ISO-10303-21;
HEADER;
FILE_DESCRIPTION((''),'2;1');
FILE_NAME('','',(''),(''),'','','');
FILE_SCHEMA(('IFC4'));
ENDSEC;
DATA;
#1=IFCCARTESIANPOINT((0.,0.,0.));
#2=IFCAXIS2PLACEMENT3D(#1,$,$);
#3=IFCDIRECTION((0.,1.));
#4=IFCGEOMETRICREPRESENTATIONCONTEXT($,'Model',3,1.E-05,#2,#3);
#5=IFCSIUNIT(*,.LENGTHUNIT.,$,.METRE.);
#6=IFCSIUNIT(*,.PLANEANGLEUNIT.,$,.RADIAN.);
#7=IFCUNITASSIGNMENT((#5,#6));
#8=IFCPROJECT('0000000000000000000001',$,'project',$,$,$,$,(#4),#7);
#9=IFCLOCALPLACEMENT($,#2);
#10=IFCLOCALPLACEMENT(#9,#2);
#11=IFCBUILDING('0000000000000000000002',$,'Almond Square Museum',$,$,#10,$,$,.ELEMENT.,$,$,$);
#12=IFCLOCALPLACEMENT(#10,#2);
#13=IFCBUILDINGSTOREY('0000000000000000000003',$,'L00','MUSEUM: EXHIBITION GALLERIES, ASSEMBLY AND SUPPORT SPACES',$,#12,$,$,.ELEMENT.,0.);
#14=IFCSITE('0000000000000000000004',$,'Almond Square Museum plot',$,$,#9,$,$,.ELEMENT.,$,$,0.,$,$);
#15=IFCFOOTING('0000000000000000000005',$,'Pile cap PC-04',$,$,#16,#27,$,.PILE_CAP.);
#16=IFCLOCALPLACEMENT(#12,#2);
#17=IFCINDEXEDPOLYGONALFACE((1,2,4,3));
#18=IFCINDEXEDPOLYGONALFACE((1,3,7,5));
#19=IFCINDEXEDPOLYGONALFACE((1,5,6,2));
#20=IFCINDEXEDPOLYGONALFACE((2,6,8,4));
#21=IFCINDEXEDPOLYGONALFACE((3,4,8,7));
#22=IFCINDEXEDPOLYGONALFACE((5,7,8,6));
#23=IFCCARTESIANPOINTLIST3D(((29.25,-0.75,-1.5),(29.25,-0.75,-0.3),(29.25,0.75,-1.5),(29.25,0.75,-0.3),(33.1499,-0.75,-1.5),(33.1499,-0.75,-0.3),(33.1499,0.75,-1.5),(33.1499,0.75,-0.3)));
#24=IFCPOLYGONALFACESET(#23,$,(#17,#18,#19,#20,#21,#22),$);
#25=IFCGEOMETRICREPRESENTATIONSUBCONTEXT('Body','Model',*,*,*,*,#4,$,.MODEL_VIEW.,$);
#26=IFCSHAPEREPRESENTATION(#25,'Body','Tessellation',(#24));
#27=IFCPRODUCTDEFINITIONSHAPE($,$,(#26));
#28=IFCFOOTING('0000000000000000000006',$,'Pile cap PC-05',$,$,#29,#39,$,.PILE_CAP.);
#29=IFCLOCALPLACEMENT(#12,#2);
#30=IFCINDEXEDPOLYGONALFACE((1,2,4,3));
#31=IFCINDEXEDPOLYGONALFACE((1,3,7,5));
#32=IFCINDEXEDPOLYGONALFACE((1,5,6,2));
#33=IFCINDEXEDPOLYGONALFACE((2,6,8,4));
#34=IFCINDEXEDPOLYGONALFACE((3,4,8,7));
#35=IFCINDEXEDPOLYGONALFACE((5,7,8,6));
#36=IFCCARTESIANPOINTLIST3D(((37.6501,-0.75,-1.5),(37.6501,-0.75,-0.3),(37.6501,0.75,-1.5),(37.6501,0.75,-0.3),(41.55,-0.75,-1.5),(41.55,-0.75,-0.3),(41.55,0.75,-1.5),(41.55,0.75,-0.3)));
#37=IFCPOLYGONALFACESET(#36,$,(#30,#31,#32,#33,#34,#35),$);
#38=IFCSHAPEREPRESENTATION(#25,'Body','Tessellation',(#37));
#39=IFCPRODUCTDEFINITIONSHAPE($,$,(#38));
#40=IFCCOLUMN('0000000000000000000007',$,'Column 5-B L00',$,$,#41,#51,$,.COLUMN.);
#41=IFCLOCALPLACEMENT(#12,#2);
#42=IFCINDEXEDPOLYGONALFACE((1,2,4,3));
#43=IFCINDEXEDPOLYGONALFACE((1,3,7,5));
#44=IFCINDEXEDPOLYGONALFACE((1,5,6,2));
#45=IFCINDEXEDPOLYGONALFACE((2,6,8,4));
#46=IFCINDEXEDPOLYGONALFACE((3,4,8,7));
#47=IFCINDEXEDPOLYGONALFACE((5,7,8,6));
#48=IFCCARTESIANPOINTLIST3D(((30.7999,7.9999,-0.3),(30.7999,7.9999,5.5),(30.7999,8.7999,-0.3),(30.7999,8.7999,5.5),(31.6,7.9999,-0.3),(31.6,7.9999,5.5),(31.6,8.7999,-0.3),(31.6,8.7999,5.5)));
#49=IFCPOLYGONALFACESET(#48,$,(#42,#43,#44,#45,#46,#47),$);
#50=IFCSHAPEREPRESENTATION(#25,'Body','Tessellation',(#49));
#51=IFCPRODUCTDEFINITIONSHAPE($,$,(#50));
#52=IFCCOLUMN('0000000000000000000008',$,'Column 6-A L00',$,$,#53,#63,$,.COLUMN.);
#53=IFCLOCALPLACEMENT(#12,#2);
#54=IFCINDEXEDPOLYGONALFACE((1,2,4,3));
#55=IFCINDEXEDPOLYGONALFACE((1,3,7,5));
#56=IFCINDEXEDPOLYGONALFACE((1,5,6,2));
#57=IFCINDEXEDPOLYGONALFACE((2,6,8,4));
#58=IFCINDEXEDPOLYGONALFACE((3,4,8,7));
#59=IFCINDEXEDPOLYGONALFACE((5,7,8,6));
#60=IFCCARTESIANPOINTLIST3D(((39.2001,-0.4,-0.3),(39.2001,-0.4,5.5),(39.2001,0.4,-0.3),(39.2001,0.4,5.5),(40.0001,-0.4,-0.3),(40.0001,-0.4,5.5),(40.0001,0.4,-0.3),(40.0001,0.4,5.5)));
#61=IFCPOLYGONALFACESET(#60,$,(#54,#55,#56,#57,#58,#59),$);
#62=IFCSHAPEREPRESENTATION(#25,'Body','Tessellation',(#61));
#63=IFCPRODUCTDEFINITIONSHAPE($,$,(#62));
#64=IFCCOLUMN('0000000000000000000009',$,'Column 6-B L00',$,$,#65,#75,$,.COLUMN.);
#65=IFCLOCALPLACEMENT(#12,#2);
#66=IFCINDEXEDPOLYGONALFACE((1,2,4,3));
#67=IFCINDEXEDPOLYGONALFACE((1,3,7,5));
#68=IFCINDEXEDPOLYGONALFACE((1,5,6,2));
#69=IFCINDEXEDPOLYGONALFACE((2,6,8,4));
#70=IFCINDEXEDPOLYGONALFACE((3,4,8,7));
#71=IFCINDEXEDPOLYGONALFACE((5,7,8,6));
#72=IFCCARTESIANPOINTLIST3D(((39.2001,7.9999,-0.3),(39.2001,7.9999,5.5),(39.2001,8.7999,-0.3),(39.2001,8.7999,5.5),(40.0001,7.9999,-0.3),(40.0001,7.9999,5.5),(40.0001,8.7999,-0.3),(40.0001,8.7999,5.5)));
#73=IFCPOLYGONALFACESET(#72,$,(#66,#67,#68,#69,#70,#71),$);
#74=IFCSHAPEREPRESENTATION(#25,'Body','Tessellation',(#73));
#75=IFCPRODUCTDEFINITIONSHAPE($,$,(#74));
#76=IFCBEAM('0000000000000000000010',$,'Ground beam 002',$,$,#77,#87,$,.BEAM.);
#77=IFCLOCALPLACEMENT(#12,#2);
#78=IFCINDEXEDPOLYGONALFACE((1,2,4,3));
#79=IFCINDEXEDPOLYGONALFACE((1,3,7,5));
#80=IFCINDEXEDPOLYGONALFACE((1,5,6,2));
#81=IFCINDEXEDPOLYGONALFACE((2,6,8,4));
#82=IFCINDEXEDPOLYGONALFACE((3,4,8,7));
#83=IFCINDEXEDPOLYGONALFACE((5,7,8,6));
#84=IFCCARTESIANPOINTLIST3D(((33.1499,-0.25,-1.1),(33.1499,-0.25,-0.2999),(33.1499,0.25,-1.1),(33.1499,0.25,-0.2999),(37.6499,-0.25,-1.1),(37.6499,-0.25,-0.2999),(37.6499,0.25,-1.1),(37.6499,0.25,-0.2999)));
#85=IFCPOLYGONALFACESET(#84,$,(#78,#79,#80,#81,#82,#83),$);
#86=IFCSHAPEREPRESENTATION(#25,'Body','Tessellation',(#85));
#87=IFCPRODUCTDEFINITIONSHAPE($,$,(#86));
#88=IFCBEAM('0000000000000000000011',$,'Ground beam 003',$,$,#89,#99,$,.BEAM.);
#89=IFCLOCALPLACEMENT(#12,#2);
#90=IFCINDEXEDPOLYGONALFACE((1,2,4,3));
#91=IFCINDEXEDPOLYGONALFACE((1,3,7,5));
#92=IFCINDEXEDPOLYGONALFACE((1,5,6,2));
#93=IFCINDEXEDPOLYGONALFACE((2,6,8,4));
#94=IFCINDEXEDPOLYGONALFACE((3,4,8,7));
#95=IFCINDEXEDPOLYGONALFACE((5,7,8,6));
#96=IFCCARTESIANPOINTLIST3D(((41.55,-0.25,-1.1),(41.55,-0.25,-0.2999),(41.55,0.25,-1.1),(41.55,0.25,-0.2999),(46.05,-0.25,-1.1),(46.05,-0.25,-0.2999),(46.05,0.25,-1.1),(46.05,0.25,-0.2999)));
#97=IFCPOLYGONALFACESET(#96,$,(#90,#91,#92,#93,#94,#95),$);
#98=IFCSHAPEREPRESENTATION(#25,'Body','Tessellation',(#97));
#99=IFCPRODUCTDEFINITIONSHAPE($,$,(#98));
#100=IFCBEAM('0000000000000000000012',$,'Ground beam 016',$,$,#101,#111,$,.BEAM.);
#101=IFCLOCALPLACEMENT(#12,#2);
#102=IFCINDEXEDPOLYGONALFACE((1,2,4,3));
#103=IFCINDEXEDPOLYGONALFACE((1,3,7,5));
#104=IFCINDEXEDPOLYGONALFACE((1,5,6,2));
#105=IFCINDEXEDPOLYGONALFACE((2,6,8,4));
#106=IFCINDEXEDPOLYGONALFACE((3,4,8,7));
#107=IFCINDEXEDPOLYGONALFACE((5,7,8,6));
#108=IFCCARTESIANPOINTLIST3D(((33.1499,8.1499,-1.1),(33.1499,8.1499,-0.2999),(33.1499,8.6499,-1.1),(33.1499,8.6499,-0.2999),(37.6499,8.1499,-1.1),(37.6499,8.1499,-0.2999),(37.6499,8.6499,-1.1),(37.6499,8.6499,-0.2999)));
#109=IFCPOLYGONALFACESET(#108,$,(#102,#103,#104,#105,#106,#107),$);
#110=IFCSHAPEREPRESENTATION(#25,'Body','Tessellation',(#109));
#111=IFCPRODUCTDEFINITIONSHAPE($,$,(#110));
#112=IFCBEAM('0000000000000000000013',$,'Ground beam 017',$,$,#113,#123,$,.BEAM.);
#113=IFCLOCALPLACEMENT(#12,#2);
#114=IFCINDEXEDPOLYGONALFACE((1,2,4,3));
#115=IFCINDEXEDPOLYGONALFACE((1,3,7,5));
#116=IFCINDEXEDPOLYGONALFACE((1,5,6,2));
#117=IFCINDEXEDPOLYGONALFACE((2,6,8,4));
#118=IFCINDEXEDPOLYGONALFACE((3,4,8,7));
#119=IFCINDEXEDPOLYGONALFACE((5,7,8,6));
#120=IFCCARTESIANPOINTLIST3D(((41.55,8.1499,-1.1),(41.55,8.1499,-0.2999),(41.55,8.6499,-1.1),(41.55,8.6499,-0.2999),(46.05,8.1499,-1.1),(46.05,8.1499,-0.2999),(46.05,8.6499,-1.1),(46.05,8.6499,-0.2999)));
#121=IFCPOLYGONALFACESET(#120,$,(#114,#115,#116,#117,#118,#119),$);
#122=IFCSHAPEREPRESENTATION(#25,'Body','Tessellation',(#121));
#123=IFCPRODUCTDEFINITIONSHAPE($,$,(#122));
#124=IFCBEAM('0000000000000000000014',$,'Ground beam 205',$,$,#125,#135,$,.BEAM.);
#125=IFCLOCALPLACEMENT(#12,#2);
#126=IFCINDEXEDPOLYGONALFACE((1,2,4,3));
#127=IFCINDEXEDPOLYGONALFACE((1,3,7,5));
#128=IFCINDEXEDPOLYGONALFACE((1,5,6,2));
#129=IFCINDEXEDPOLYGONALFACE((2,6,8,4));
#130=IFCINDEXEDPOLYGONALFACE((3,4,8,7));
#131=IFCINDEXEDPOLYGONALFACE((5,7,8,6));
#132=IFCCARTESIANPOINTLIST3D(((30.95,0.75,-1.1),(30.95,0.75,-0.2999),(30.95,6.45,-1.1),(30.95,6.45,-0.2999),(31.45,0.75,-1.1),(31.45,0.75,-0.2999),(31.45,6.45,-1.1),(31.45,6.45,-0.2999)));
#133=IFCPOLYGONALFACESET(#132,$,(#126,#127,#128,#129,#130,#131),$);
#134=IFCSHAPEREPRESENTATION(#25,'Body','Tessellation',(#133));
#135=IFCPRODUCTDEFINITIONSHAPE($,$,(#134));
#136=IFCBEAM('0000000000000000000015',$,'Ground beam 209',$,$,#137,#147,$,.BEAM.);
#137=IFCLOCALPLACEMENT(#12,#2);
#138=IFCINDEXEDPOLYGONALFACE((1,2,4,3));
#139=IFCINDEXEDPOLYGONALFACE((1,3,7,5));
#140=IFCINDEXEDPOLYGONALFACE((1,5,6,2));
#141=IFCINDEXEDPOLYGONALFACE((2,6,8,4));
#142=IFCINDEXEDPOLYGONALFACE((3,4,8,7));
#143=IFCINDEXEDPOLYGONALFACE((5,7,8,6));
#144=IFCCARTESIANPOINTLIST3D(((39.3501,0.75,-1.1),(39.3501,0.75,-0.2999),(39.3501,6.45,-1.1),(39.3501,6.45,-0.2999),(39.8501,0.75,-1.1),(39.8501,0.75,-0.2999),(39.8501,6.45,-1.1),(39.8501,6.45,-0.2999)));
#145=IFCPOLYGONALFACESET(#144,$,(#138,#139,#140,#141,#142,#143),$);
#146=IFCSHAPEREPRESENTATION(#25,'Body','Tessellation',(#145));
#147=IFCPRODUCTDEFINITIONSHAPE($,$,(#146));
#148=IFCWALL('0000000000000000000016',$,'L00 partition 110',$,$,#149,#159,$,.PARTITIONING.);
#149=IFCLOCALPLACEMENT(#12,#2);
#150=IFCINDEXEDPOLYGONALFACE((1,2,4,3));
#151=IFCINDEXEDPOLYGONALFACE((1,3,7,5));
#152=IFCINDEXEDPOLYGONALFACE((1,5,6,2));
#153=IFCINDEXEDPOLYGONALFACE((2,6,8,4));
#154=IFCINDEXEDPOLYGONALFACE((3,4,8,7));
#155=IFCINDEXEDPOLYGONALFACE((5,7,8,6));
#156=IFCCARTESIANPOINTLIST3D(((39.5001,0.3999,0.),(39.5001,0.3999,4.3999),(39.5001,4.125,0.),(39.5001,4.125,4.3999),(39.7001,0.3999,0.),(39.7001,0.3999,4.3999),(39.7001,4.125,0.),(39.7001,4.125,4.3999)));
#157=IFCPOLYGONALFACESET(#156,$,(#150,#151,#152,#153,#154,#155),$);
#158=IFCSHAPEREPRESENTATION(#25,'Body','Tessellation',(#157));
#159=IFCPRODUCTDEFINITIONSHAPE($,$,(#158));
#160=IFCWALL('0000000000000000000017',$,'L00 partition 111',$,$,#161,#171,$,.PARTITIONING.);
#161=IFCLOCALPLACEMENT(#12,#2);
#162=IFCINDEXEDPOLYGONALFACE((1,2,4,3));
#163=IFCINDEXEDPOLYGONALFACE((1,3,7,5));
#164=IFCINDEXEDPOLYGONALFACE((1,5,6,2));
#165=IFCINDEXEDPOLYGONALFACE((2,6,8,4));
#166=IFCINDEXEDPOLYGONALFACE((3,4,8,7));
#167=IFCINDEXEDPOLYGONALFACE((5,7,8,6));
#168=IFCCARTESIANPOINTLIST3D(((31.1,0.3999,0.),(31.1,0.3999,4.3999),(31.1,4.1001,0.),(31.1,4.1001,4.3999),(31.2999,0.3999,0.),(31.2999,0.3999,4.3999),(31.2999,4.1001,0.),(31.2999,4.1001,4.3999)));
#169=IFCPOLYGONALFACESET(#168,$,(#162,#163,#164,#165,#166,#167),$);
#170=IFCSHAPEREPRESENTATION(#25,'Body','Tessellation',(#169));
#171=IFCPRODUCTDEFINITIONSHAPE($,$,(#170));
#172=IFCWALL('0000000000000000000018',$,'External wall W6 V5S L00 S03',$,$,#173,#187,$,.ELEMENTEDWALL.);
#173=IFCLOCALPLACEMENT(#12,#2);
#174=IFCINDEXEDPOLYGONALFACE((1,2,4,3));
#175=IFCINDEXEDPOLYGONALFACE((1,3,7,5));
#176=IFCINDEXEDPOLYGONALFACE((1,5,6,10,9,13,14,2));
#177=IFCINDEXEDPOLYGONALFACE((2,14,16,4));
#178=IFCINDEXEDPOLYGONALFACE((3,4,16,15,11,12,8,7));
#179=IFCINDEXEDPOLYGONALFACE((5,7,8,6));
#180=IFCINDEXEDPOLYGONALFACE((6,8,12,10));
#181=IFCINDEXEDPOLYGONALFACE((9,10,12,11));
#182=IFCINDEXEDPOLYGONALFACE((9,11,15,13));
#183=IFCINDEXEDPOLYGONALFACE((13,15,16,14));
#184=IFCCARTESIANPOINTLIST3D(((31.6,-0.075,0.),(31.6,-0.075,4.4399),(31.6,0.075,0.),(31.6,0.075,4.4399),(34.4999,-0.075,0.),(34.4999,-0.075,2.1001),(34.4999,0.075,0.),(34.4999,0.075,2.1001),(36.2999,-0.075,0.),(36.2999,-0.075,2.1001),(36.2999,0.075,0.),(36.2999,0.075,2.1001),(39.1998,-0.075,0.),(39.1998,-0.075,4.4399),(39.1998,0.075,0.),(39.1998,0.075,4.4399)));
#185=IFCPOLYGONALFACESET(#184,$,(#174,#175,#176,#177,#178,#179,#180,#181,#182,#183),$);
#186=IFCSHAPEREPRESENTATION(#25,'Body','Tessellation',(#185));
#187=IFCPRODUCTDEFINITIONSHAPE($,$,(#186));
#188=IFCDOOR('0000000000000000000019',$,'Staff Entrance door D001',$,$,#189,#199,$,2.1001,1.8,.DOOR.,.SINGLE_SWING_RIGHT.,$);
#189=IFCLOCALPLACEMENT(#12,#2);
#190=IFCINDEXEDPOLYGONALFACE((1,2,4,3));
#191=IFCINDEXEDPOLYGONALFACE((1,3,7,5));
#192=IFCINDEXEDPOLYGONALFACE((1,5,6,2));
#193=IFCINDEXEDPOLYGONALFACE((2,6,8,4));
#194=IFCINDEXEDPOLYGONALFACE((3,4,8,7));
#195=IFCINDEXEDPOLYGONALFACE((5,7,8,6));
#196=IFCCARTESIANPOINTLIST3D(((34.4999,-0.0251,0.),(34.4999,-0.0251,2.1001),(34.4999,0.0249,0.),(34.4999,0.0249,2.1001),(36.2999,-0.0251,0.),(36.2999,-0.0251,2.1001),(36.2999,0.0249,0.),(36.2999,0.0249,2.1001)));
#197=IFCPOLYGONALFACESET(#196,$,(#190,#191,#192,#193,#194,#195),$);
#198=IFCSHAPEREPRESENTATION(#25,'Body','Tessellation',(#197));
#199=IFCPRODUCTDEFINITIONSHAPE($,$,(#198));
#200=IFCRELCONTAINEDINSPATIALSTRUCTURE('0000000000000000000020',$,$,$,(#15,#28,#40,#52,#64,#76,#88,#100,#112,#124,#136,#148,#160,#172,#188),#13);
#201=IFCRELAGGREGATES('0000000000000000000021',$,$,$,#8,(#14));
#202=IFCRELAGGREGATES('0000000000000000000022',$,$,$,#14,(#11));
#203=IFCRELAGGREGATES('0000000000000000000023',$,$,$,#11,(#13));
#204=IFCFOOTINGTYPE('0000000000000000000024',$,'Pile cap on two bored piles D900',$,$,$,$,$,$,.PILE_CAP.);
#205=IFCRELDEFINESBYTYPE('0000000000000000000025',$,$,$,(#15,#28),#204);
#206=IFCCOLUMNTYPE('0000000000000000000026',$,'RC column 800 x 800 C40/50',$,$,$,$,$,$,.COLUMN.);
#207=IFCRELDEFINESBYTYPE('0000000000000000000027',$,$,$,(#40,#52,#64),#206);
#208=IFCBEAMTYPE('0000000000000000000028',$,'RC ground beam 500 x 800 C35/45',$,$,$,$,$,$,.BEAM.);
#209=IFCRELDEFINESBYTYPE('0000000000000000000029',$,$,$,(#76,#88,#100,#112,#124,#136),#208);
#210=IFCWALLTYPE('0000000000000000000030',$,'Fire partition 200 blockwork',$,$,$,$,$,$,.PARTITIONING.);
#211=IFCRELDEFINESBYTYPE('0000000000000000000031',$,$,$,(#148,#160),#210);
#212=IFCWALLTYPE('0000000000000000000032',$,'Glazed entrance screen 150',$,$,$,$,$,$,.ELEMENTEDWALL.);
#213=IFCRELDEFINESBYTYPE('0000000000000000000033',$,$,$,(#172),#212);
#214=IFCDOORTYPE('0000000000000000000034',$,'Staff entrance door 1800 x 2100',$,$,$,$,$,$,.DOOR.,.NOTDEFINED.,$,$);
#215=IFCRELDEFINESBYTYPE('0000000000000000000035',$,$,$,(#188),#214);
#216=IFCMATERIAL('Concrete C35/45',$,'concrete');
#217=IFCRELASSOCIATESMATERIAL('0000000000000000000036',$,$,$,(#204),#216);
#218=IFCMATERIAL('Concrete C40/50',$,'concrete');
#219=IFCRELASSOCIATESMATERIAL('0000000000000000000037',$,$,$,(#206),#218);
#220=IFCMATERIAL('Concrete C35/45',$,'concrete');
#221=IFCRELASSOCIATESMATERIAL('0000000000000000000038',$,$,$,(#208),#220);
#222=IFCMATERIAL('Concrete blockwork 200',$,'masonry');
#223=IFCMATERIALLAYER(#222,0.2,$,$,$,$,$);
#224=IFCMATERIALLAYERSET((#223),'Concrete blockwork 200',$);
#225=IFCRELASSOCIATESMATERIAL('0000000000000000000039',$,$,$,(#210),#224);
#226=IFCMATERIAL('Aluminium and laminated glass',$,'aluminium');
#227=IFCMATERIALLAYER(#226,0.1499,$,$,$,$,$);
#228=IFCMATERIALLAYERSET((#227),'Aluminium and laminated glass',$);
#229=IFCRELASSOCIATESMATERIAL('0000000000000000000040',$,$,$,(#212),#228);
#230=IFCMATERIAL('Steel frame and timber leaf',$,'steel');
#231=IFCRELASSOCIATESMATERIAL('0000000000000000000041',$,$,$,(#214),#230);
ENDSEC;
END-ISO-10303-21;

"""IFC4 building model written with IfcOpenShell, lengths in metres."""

from ifc_helpers import new_model, si_unit, direction, frame, frame_2d, origin, origin_2d, place, context, subcontext, project, spatial, rectangle, extrude, material, layer, layer_set, material_profile, profile_set, type_object, element, fill, save


model = new_model("IFC4")

# Units and contexts
model_context = context("Model", 3, precision=1e-05, world=origin(), true_north=direction((0.0, 1.0)))
body_context = subcontext(model_context, "Body", "Model", "MODEL_VIEW")
ifc_project = project(units=[si_unit("LENGTHUNIT", "METRE"), si_unit("PLANEANGLEUNIT", "RADIAN")], contexts=[model_context])

# Site, building, storey
site_placement = place(None, origin())
site = spatial("IfcSite", under=ifc_project, at=site_placement, Name="Almond Square Museum plot", CompositionType="ELEMENT", RefElevation=0.0)
building_placement = place(site_placement, origin())
building = spatial("IfcBuilding", under=site, at=building_placement, Name="Almond Square Museum", CompositionType="ELEMENT")
storey_placement = place(building_placement, origin())
storey = spatial("IfcBuildingStorey", under=building, at=storey_placement, Name="L00", Description="MUSEUM: EXHIBITION GALLERIES, ASSEMBLY AND SUPPORT SPACES", CompositionType="ELEMENT", Elevation=0.0)

# Footings
ifc_material_1 = material(Name="Concrete C35/45", Category="concrete")
footing_type_1 = type_object("IfcFootingType", Name="Pile cap on two bored piles D900", PredefinedType="PILE_CAP", material=ifc_material_1)
for number, where, z_axis, x_axis, name in (
    (1, (31.2, 0.0, -1.5), (0.0, 0.0, 1.0), (1.0, 0.0, 0.0), "Pile cap PC-04"),
    (2, (39.6001, 0.0, -1.5), (0.0, 0.0, 1.0), (1.0, 0.0, 0.0), "Pile cap PC-05"),
):
    element("IfcFooting", number, at=place(storey_placement, frame(where, z_axis=z_axis, x_axis=x_axis)), inside=storey, type_object=footing_type_1, Name=name, PredefinedType="PILE_CAP", context=body_context, shape_type="SweptSolid", body=[
        extrude(rectangle(XDim=3.8999, YDim=1.5, at=origin_2d()), origin(), (0.0, 0.0, 1.0), 1.2),
    ])

# Columns
ifc_material_2 = material(Name="Concrete C40/50", Category="concrete")
ifc_material_profile_1 = material_profile(ifc_material_2, rectangle(XDim=0.8, YDim=0.8, at=origin_2d()))
ifc_profile_set_1 = profile_set([ifc_material_profile_1], Name="Concrete C40/50")
column_type = type_object("IfcColumnType", Name="RC column 800 x 800 C40/50", PredefinedType="COLUMN", material=ifc_profile_set_1)
for number, where, z_axis, x_axis, name in (
    (3, (31.2, 8.3999, -0.3), (0.0, 0.0, 1.0), (1.0, 0.0, 0.0), "Column 5-B L00"),
    (4, (39.6001, 0.0, -0.3), (0.0, 0.0, 1.0), (1.0, 0.0, 0.0), "Column 6-A L00"),
    (5, (39.6001, 8.3999, -0.3), (0.0, 0.0, 1.0), (1.0, 0.0, 0.0), "Column 6-B L00"),
):
    element("IfcColumn", number, at=place(storey_placement, frame(where, z_axis=z_axis, x_axis=x_axis)), inside=storey, type_object=column_type, Name=name, PredefinedType="COLUMN", context=body_context, shape_type="SweptSolid", body=[
        extrude(rectangle(XDim=0.8, YDim=0.8, at=origin_2d()), origin(), (0.0, 0.0, 1.0), 5.8),
    ])

# Beams
ifc_material_3 = material(Name="Concrete C35/45", Category="concrete")
ifc_material_profile_2 = material_profile(ifc_material_3, rectangle(XDim=0.5, YDim=0.8, at=origin_2d()))
ifc_profile_set_2 = profile_set([ifc_material_profile_2], Name="Concrete C35/45")
beam_type = type_object("IfcBeamType", Name="RC ground beam 500 x 800 C35/45", PredefinedType="BEAM", material=ifc_profile_set_2)
for number, where, z_axis, x_axis, name in (
    (6, (33.1499, 0.0, -0.7), (1.0, 0.0, 0.0), (0.0, 1.0, 0.0), "Ground beam 002"),
    (7, (41.55, 0.0, -0.7), (1.0, 0.0, 0.0), (0.0, 1.0, 0.0), "Ground beam 003"),
    (8, (33.1499, 8.3999, -0.7), (1.0, 0.0, 0.0), (0.0, 1.0, 0.0), "Ground beam 016"),
    (9, (41.55, 8.3999, -0.7), (1.0, 0.0, 0.0), (0.0, 1.0, 0.0), "Ground beam 017"),
):
    element("IfcBeam", number, at=place(storey_placement, frame(where, z_axis=z_axis, x_axis=x_axis)), inside=storey, type_object=beam_type, Name=name, PredefinedType="BEAM", context=body_context, shape_type="SweptSolid", body=[
        extrude(rectangle(XDim=0.5, YDim=0.8, at=origin_2d()), origin(), (0.0, 0.0, 1.0), 4.5),
    ])
for number, where, z_axis, x_axis, name in (
    (10, (31.2, 0.75, -0.7), (0.0, 1.0, 0.0), (-1.0, 0.0, 0.0), "Ground beam 205"),
    (11, (39.6001, 0.75, -0.7), (0.0, 1.0, 0.0), (-1.0, 0.0, 0.0), "Ground beam 209"),
):
    element("IfcBeam", number, at=place(storey_placement, frame(where, z_axis=z_axis, x_axis=x_axis)), inside=storey, type_object=beam_type, Name=name, PredefinedType="BEAM", context=body_context, shape_type="SweptSolid", body=[
        extrude(rectangle(XDim=0.5, YDim=0.8, at=origin_2d()), origin(), (0.0, 0.0, 1.0), 5.7),
    ])

# Walls
ifc_material_4 = material(Name="Concrete blockwork 200", Category="masonry")
ifc_layer_1 = layer(ifc_material_4, 0.2)
ifc_layer_set_1 = layer_set([ifc_layer_1], Name="Concrete blockwork 200")
wall_type_1 = type_object("IfcWallType", Name="Fire partition 200 blockwork", PredefinedType="PARTITIONING", material=ifc_layer_set_1)
wall_1_placement = place(storey_placement, frame((39.6001, 0.3999, 0.0), z_axis=(0.0, 0.0, 1.0), x_axis=(0.0, 1.0, 0.0)))
element("IfcWall", 12, at=wall_1_placement, inside=storey, type_object=wall_type_1, Name="L00 partition 110", PredefinedType="PARTITIONING", context=body_context, shape_type="SweptSolid", body=[
    extrude(rectangle(XDim=3.7251, YDim=0.2, at=frame_2d((1.8625, 0.0))), origin(), (0.0, 0.0, 1.0), 4.3999),
])
wall_2_placement = place(storey_placement, frame((31.2, 0.3999, 0.0), z_axis=(0.0, 0.0, 1.0), x_axis=(0.0, 1.0, 0.0)))
element("IfcWall", 13, at=wall_2_placement, inside=storey, type_object=wall_type_1, Name="L00 partition 111", PredefinedType="PARTITIONING", context=body_context, shape_type="SweptSolid", body=[
    extrude(rectangle(XDim=3.7002, YDim=0.2, at=frame_2d((1.8501, 0.0))), origin(), (0.0, 0.0, 1.0), 4.3999),
])

# Wall, opening, door
ifc_material_5 = material(Name="Aluminium and laminated glass", Category="aluminium")
ifc_layer_2 = layer(ifc_material_5, 0.1499)
ifc_layer_set_2 = layer_set([ifc_layer_2], Name="Aluminium and laminated glass")
wall_type_2 = type_object("IfcWallType", Name="Glazed entrance screen 150", PredefinedType="ELEMENTEDWALL", material=ifc_layer_set_2)
wall_3_placement = place(storey_placement, frame((31.6001, 0.0, 0.0), z_axis=(0.0, 0.0, 1.0), x_axis=(1.0, 0.0, 0.0)))
wall_3 = element("IfcWall", 14, at=wall_3_placement, inside=storey, type_object=wall_type_2, Name="External wall W6 V5S L00 S03", PredefinedType="ELEMENTEDWALL", context=body_context, shape_type="SweptSolid", body=[
    extrude(rectangle(XDim=7.5999, YDim=0.1499, at=frame_2d((3.7998, 0.0))), origin(), (0.0, 0.0, 1.0), 4.4399),
])
opening_1_placement = place(wall_3_placement, frame((2.8999, 0.0, 0.0)))
opening_1 = element("IfcOpeningElement", 15, at=opening_1_placement, cuts=wall_3, PredefinedType="OPENING", context=body_context, shape_type="SweptSolid", body=[
    extrude(rectangle(XDim=1.8, YDim=2.1001, at=frame_2d((0.8999, 1.05))), frame((0.0, 0.085, 0.0), z_axis=(0.0, -1.0, 0.0), x_axis=(1.0, 0.0, 0.0)), (0.0, 0.0, 1.0), 0.1699),
])
ifc_material_6 = material(Name="Steel frame and timber leaf", Category="steel")
door_type_1 = type_object("IfcDoorType", Name="Staff entrance door 1800 x 2100", OperationType="NOTDEFINED", PredefinedType="DOOR", material=ifc_material_6)
door_1_placement = place(opening_1_placement, origin())
door_1 = element("IfcDoor", 16, at=door_1_placement, inside=storey, type_object=door_type_1, Name="Staff Entrance door D001", OperationType="SINGLE_SWING_RIGHT", OverallHeight=2.1001, OverallWidth=1.8, PredefinedType="DOOR", context=body_context, shape_type="SweptSolid", body=[
    extrude(rectangle(XDim=1.8, YDim=2.1001, at=frame_2d((0.8999, 1.05))), frame((0.0, 0.0249, 0.0), z_axis=(0.0, -1.0, 0.0), x_axis=(1.0, 0.0, 0.0)), (0.0, 0.0, 1.0), 0.05),
])
fill(opening_1, door_1)

save(model, "model.ifc")
